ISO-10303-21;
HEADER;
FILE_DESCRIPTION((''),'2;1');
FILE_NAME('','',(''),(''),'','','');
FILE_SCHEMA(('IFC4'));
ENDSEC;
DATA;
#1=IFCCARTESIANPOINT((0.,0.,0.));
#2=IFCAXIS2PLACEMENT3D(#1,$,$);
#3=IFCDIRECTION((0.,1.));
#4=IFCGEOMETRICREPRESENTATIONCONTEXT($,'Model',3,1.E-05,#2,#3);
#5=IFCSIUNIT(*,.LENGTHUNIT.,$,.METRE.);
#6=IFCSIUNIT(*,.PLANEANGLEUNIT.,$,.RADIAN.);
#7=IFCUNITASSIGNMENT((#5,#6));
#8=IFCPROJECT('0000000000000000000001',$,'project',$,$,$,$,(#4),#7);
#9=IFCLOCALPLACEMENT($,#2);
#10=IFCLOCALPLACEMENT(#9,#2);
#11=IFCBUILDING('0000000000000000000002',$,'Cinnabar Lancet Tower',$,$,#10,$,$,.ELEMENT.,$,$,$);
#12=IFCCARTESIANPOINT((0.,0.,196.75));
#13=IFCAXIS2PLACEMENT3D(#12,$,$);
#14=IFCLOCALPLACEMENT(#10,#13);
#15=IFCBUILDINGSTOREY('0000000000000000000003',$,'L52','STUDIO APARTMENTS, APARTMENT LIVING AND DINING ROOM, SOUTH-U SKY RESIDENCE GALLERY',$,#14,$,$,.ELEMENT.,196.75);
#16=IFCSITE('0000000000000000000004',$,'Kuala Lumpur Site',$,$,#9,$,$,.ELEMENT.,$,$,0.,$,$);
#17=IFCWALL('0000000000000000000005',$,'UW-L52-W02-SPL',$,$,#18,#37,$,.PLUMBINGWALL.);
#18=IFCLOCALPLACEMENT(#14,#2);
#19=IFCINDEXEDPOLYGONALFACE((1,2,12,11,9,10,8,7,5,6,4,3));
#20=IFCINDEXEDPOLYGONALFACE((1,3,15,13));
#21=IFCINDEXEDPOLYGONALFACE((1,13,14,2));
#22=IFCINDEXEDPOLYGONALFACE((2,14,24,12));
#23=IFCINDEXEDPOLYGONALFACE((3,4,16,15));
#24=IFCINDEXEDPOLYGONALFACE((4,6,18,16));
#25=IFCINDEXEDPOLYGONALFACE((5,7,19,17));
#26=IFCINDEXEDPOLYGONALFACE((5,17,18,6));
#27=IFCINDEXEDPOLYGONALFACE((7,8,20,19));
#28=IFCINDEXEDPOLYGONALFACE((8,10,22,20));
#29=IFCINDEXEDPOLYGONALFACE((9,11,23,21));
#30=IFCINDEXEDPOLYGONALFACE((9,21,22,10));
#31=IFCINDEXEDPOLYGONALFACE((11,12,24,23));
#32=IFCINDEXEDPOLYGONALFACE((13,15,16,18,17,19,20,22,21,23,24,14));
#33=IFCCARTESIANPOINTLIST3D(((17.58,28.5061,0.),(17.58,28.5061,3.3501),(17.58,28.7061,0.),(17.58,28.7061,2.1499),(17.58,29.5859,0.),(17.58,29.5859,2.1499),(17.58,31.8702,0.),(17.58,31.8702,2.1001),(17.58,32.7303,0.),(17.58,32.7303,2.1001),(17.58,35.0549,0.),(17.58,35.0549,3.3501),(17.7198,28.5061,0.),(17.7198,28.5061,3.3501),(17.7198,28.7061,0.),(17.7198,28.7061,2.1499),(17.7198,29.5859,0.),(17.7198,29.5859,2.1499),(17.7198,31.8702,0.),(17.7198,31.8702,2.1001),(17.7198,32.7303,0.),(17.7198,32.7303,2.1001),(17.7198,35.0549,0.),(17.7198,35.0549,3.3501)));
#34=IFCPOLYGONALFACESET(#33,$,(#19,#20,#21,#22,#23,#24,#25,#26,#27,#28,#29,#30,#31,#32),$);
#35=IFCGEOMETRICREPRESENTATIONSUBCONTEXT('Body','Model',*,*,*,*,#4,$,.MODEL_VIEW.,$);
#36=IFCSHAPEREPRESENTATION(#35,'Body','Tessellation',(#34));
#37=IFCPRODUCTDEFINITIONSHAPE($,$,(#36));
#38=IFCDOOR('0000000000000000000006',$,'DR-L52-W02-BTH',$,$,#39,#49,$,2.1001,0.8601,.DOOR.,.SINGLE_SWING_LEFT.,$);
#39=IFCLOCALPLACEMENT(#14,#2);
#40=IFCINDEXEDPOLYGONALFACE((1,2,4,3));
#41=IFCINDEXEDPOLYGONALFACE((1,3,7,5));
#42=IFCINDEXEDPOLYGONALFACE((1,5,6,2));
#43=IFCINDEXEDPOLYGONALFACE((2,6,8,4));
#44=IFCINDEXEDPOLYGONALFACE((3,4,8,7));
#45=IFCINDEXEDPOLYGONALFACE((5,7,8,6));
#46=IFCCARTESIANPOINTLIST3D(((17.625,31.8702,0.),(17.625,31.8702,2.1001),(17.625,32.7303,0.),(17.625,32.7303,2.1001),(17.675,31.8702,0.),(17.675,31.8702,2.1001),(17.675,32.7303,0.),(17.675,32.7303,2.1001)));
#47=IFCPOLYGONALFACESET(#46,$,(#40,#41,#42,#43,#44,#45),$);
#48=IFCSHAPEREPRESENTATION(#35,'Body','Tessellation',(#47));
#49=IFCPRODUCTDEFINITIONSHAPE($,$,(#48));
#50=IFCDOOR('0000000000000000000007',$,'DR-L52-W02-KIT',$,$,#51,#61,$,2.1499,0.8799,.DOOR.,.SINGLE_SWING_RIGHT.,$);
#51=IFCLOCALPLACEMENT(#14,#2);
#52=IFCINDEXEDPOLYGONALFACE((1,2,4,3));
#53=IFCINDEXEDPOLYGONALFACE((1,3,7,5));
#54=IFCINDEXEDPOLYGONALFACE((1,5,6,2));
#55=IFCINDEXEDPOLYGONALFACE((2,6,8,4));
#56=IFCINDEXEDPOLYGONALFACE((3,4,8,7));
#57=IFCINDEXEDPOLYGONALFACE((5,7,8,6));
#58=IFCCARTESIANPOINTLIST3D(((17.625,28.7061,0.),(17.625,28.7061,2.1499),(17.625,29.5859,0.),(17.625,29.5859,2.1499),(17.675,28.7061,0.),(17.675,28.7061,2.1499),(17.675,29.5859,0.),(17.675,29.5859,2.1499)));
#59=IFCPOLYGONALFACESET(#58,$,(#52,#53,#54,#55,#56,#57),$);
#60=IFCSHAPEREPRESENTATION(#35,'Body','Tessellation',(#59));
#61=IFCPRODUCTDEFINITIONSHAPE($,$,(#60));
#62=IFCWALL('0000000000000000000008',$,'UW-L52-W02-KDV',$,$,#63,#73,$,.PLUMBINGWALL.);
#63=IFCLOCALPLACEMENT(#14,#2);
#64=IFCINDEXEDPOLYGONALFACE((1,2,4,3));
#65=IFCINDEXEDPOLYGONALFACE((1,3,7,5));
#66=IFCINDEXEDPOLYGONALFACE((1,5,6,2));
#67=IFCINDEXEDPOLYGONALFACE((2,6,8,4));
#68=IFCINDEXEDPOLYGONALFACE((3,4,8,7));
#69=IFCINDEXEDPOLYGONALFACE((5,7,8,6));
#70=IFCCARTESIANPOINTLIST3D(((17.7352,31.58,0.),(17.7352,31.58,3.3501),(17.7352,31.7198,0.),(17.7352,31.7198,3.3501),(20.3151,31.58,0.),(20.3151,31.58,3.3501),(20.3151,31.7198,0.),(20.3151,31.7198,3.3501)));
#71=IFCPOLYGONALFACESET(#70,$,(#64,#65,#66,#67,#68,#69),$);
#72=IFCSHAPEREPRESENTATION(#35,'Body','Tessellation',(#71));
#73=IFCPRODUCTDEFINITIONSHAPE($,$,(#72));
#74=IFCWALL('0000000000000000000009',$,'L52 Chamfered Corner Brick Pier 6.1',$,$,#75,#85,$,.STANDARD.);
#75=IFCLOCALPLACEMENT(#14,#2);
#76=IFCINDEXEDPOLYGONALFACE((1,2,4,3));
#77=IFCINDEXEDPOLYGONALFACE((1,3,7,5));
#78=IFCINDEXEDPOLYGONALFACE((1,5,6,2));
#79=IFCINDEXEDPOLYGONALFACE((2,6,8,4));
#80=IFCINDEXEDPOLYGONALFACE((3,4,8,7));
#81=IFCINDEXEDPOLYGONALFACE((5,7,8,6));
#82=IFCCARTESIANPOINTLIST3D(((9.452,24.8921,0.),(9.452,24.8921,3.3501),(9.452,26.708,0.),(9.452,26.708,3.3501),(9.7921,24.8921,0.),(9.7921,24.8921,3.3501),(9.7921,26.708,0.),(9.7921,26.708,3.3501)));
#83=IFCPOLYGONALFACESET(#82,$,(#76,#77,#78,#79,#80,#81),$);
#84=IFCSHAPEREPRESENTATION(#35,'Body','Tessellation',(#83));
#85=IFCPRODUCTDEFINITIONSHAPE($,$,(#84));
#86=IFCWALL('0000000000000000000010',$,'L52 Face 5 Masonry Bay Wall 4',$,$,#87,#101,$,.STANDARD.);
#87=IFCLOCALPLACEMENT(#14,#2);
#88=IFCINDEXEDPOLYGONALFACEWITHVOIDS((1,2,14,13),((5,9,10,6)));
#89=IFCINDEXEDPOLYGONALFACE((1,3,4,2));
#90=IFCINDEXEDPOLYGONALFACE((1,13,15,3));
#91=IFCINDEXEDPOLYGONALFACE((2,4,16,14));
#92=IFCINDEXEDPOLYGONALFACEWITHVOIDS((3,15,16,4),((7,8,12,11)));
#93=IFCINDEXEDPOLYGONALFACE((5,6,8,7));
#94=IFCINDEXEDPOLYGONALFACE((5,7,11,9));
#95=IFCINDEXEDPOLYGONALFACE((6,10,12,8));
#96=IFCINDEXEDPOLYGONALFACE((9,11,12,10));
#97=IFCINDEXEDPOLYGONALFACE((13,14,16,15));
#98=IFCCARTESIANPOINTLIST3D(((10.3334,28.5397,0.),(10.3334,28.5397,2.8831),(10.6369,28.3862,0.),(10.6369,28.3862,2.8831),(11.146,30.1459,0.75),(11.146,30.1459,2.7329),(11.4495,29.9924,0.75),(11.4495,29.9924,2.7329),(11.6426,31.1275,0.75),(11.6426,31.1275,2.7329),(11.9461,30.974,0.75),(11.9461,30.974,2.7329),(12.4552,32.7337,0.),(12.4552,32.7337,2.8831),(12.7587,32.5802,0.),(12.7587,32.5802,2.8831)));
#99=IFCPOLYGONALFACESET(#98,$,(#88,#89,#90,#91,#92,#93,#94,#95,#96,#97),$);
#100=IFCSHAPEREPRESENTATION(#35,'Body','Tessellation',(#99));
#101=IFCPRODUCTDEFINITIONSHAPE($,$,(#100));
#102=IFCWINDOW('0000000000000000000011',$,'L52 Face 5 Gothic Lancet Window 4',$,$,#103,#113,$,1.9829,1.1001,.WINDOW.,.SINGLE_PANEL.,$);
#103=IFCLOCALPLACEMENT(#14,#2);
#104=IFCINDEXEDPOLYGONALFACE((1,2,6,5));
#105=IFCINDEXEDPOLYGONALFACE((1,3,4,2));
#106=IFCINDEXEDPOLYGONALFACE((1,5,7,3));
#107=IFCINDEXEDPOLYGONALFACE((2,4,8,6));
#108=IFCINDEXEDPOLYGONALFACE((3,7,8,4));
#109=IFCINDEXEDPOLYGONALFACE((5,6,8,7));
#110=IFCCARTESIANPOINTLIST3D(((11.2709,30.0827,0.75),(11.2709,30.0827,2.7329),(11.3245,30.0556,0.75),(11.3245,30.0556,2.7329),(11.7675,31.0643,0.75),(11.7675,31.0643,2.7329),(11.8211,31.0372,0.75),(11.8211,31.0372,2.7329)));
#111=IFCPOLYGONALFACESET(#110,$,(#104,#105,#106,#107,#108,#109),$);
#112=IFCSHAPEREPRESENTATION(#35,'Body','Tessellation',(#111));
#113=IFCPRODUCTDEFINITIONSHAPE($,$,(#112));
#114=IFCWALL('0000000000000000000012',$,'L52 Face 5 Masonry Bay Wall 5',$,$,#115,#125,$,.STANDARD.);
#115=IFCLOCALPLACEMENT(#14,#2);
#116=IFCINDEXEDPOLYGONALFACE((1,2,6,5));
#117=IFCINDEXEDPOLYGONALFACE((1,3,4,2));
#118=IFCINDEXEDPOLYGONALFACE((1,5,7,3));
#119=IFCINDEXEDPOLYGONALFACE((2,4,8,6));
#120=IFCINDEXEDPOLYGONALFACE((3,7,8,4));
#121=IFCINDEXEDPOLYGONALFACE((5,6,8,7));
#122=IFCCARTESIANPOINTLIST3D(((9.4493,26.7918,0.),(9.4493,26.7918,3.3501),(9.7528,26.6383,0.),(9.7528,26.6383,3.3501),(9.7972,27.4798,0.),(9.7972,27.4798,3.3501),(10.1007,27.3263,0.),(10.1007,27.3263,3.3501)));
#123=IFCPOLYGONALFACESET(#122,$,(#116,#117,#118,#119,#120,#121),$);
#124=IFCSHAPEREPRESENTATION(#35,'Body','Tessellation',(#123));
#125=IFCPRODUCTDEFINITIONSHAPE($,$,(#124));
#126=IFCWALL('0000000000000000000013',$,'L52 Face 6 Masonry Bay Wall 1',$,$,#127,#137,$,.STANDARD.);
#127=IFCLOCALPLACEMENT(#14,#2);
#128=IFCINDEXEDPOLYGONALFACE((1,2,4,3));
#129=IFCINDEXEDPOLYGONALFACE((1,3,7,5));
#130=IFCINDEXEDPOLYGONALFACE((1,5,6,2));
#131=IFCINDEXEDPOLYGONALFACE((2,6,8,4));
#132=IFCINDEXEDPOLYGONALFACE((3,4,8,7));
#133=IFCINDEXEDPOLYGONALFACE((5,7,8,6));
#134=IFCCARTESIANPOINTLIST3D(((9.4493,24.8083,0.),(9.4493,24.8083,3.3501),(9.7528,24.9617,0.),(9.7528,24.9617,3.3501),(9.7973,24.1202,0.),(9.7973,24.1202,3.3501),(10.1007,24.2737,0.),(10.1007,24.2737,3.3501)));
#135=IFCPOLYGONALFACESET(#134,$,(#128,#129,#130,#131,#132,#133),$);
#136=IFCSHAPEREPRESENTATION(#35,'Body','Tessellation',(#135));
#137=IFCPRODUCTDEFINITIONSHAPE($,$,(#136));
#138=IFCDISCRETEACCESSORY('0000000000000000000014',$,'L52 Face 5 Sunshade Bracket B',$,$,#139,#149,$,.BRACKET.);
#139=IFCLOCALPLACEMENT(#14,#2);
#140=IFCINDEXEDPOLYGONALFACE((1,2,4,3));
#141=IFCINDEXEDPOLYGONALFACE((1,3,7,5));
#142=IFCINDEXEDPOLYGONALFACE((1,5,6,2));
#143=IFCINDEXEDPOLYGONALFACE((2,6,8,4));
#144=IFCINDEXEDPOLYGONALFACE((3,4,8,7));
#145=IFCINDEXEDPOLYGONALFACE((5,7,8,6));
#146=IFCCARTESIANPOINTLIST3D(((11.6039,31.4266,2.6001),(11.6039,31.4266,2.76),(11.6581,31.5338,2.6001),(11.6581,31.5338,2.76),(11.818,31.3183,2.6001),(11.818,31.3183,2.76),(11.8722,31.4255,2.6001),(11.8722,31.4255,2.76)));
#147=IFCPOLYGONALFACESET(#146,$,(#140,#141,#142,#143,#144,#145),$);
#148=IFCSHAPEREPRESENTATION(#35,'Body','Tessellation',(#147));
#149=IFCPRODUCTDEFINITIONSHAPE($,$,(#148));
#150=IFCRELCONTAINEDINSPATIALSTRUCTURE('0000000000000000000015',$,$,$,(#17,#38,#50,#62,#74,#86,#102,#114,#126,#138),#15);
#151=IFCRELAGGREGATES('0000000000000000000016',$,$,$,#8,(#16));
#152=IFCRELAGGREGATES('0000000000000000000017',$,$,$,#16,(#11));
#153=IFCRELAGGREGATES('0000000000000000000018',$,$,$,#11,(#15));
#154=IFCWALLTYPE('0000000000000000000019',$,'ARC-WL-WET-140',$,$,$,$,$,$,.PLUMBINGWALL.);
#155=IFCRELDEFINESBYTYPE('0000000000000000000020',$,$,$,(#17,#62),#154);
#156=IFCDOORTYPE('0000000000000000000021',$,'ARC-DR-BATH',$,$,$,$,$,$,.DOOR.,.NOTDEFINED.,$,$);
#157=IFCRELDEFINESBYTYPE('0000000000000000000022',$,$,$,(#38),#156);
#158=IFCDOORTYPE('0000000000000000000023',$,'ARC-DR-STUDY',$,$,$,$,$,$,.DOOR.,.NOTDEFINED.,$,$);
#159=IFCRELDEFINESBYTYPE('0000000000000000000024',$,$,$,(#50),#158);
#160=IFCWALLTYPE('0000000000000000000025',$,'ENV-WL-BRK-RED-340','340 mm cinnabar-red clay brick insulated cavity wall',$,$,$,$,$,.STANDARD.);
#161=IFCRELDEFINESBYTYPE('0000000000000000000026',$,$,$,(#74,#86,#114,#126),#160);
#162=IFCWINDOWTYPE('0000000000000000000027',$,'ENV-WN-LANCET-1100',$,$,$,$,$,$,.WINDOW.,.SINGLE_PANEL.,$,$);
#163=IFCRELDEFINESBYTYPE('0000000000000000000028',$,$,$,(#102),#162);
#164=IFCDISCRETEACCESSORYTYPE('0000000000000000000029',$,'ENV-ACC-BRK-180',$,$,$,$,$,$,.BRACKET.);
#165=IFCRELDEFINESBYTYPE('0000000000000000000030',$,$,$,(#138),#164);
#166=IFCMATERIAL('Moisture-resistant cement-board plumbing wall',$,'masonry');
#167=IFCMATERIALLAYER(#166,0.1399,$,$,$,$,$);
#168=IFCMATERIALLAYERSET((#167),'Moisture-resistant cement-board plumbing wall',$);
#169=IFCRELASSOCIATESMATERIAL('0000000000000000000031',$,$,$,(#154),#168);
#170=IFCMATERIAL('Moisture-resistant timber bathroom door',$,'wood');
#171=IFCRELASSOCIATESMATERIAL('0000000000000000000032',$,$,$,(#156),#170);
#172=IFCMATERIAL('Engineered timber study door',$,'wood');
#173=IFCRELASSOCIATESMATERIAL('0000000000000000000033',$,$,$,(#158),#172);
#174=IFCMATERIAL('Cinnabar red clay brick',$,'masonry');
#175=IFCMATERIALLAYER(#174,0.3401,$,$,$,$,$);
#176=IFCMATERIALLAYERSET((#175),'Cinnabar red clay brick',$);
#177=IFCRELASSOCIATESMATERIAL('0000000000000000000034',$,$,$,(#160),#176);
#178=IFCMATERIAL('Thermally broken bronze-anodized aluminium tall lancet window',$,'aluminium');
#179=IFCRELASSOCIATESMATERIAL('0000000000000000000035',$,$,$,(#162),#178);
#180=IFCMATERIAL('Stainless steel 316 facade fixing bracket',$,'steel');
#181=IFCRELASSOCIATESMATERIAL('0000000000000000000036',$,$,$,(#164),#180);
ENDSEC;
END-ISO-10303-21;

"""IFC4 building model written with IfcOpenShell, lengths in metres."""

from ifc_helpers import new_model, si_unit, direction, frame, frame_2d, origin, origin_2d, place, context, subcontext, project, spatial, rectangle, extrude, material, layer, layer_set, type_object, element, fill, save


model = new_model("IFC4")

# Units and contexts
model_context = context("Model", 3, precision=1e-05, world=origin(), true_north=direction((0.0, 1.0)))
body_context = subcontext(model_context, "Body", "Model", "MODEL_VIEW")
ifc_project = project(units=[si_unit("LENGTHUNIT", "METRE"), si_unit("PLANEANGLEUNIT", "RADIAN")], contexts=[model_context])

# Site, building, storey
site_placement = place(None, origin())
site = spatial("IfcSite", under=ifc_project, at=site_placement, Name="Kuala Lumpur Site", CompositionType="ELEMENT", RefElevation=0.0)
building_placement = place(site_placement, origin())
building = spatial("IfcBuilding", under=site, at=building_placement, Name="Cinnabar Lancet Tower", CompositionType="ELEMENT")
storey_placement = place(building_placement, frame((0.0, 0.0, 196.75)))
storey = spatial("IfcBuildingStorey", under=building, at=storey_placement, Name="L52", Description="STUDIO APARTMENTS, APARTMENT LIVING AND DINING ROOM, SOUTH-U SKY RESIDENCE GALLERY", CompositionType="ELEMENT", Elevation=196.75)

# Wall, openings, doors
ifc_material_1 = material(Name="Moisture-resistant cement-board plumbing wall", Category="masonry")
ifc_layer_1 = layer(ifc_material_1, 0.1399)
ifc_layer_set_1 = layer_set([ifc_layer_1], Name="Moisture-resistant cement-board plumbing wall")
wall_type_1 = type_object("IfcWallType", Name="ARC-WL-WET-140", PredefinedType="PLUMBINGWALL", material=ifc_layer_set_1)
wall_1_placement = place(storey_placement, frame((17.6499, 28.5061, 0.0), z_axis=(0.0, 0.0, 1.0), x_axis=(0.0, 1.0, 0.0)))
wall_1 = element("IfcWall", 1, at=wall_1_placement, inside=storey, type_object=wall_type_1, Name="UW-L52-W02-SPL", PredefinedType="PLUMBINGWALL", context=body_context, shape_type="SweptSolid", body=[
    extrude(rectangle(XDim=6.5488, YDim=0.1399, at=frame_2d((3.2744, 0.0))), origin(), (0.0, 0.0, 1.0), 3.3501),
])
opening_1_placement = place(wall_1_placement, frame((3.364, 0.0, 0.0)))
opening_1 = element("IfcOpeningElement", 2, at=opening_1_placement, cuts=wall_1, PredefinedType="OPENING", context=body_context, shape_type="SweptSolid", body=[
    extrude(rectangle(XDim=0.8601, YDim=2.1001, at=frame_2d((0.4302, 1.05))), frame((0.0, 0.0798, 0.0), z_axis=(0.0, -1.0, 0.0), x_axis=(1.0, 0.0, 0.0)), (0.0, 0.0, 1.0), 0.1599),
])
opening_2_placement = place(wall_1_placement, frame((0.2, 0.0, 0.0)))
opening_2 = element("IfcOpeningElement", 3, at=opening_2_placement, cuts=wall_1, PredefinedType="OPENING", context=body_context, shape_type="SweptSolid", body=[
    extrude(rectangle(XDim=0.8799, YDim=2.1499, at=frame_2d((0.4399, 1.075))), frame((0.0, 0.0798, 0.0), z_axis=(0.0, -1.0, 0.0), x_axis=(1.0, 0.0, 0.0)), (0.0, 0.0, 1.0), 0.1599),
])
ifc_material_2 = material(Name="Moisture-resistant timber bathroom door", Category="wood")
door_type_1 = type_object("IfcDoorType", Name="ARC-DR-BATH", OperationType="NOTDEFINED", PredefinedType="DOOR", material=ifc_material_2)
door_1_placement = place(opening_1_placement, origin())
door_1 = element("IfcDoor", 4, at=door_1_placement, inside=storey, type_object=door_type_1, Name="DR-L52-W02-BTH", OperationType="SINGLE_SWING_LEFT", OverallHeight=2.1001, OverallWidth=0.8601, PredefinedType="DOOR", context=body_context, shape_type="SweptSolid", body=[
    extrude(rectangle(XDim=0.8601, YDim=2.1001, at=frame_2d((0.4302, 1.05))), frame((0.0, 0.0249, 0.0), z_axis=(0.0, -1.0, 0.0), x_axis=(1.0, 0.0, 0.0)), (0.0, 0.0, 1.0), 0.05),
])
fill(opening_1, door_1)
ifc_material_3 = material(Name="Engineered timber study door", Category="wood")
door_type_2 = type_object("IfcDoorType", Name="ARC-DR-STUDY", OperationType="NOTDEFINED", PredefinedType="DOOR", material=ifc_material_3)
door_2_placement = place(opening_2_placement, origin())
door_2 = element("IfcDoor", 5, at=door_2_placement, inside=storey, type_object=door_type_2, Name="DR-L52-W02-KIT", OperationType="SINGLE_SWING_RIGHT", OverallHeight=2.1499, OverallWidth=0.8799, PredefinedType="DOOR", context=body_context, shape_type="SweptSolid", body=[
    extrude(rectangle(XDim=0.8799, YDim=2.1499, at=frame_2d((0.4399, 1.075))), frame((0.0, 0.0249, 0.0), z_axis=(0.0, -1.0, 0.0), x_axis=(1.0, 0.0, 0.0)), (0.0, 0.0, 1.0), 0.05),
])
fill(opening_2, door_2)

# Walls
wall_2_placement = place(storey_placement, frame((17.7351, 31.6499, 0.0), z_axis=(0.0, 0.0, 1.0), x_axis=(1.0, 0.0, 0.0)))
element("IfcWall", 6, at=wall_2_placement, inside=storey, type_object=wall_type_1, Name="UW-L52-W02-KDV", PredefinedType="PLUMBINGWALL", context=body_context, shape_type="SweptSolid", body=[
    extrude(rectangle(XDim=2.5798, YDim=0.1399, at=frame_2d((1.29, 0.0))), origin(), (0.0, 0.0, 1.0), 3.3501),
])
ifc_material_4 = material(Name="Cinnabar red clay brick", Category="masonry")
ifc_layer_2 = layer(ifc_material_4, 0.3401)
ifc_layer_set_2 = layer_set([ifc_layer_2], Name="Cinnabar red clay brick")
wall_type_2 = type_object("IfcWallType", Name="ENV-WL-BRK-RED-340", Description="340 mm cinnabar-red clay brick insulated cavity wall", PredefinedType="STANDARD", material=ifc_layer_set_2)
wall_3_placement = place(storey_placement, frame((9.6221, 26.708, 0.0), z_axis=(0.0, 0.0, 1.0), x_axis=(0.0, -1.0, 0.0)))
element("IfcWall", 7, at=wall_3_placement, inside=storey, type_object=wall_type_2, Name="L52 Chamfered Corner Brick Pier 6.1", PredefinedType="STANDARD", context=body_context, shape_type="SweptSolid", body=[
    extrude(rectangle(XDim=1.8159, YDim=0.3401, at=frame_2d((0.908, 0.0))), origin(), (0.0, 0.0, 1.0), 3.3501),
])

# Wall, opening, window
wall_4_placement = place(storey_placement, frame((12.6069, 32.657, 0.0), z_axis=(0.0, 0.0, 1.0), x_axis=(-0.451426, -0.892308, 0.0)))
wall_4 = element("IfcWall", 8, at=wall_4_placement, inside=storey, type_object=wall_type_2, Name="L52 Face 5 Masonry Bay Wall 4", PredefinedType="STANDARD", context=body_context, shape_type="SweptSolid", body=[
    extrude(rectangle(XDim=4.7002, YDim=0.3401, at=frame_2d((2.3501, 0.0))), origin(), (0.0, 0.0, 1.0), 2.8831),
])
opening_3_placement = place(wall_4_placement, frame((1.8, 0.0, 0.75)))
opening_3 = element("IfcOpeningElement", 9, at=opening_3_placement, cuts=wall_4, PredefinedType="OPENING", context=body_context, shape_type="SweptSolid", body=[
    extrude(rectangle(XDim=1.1001, YDim=1.9829, at=frame_2d((0.55, 0.9915))), frame((0.0, 0.1799, 0.0), z_axis=(0.0, -1.0, 0.0), x_axis=(1.0, 0.0, 0.0)), (0.0, 0.0, 1.0), 0.3601),
])
ifc_material_5 = material(Name="Thermally broken bronze-anodized aluminium tall lancet window", Category="aluminium")
window_type = type_object("IfcWindowType", Name="ENV-WN-LANCET-1100", PartitioningType="SINGLE_PANEL", PredefinedType="WINDOW", material=ifc_material_5)
window_placement = place(opening_3_placement, origin())
window = element("IfcWindow", 10, at=window_placement, inside=storey, type_object=window_type, Name="L52 Face 5 Gothic Lancet Window 4", OverallHeight=1.9829, OverallWidth=1.1001, PartitioningType="SINGLE_PANEL", PredefinedType="WINDOW", context=body_context, shape_type="SweptSolid", body=[
    extrude(rectangle(XDim=1.1001, YDim=1.9829, at=frame_2d((0.55, 0.9915))), frame((0.0, 0.03, 0.0), z_axis=(0.0, -1.0, 0.0), x_axis=(1.0, 0.0, 0.0)), (0.0, 0.0, 1.0), 0.0601),
])
fill(opening_3, window)

# Walls
for number, where, z_axis, x_axis, name in (
    (11, (9.949, 27.4031, 0.0), (0.0, 0.0, 1.0), (-0.451262, -0.892391, 0.0), "L52 Face 5 Masonry Bay Wall 5"),
    (12, (9.6011, 24.885, 0.0), (0.0, 0.0, 1.0), (0.451262, -0.892391, 0.0), "L52 Face 6 Masonry Bay Wall 1"),
):
    element("IfcWall", number, at=place(storey_placement, frame(where, z_axis=z_axis, x_axis=x_axis)), inside=storey, type_object=wall_type_2, Name=name, PredefinedType="STANDARD", context=body_context, shape_type="SweptSolid", body=[
        extrude(rectangle(XDim=0.771, YDim=0.3401, at=frame_2d((0.3855, 0.0))), origin(), (0.0, 0.0, 1.0), 3.3501),
    ])

# Discrete accessory
ifc_material_6 = material(Name="Stainless steel 316 facade fixing bracket", Category="steel")
discrete_accessory_type = type_object("IfcDiscreteAccessoryType", Name="ENV-ACC-BRK-180", PredefinedType="BRACKET", material=ifc_material_6)
discrete_accessory_placement = place(storey_placement, frame((11.738, 31.426, 2.6001), z_axis=(0.0, 0.0, 1.0), x_axis=(-0.451407, -0.892318, 0.0)))
element("IfcDiscreteAccessory", 13, at=discrete_accessory_placement, inside=storey, type_object=discrete_accessory_type, Name="L52 Face 5 Sunshade Bracket B", PredefinedType="BRACKET", context=body_context, shape_type="SweptSolid", body=[
    extrude(rectangle(XDim=0.1201, YDim=0.24, at=origin_2d()), origin(), (0.0, 0.0, 1.0), 0.1599),
])

save(model, "model.ifc")
